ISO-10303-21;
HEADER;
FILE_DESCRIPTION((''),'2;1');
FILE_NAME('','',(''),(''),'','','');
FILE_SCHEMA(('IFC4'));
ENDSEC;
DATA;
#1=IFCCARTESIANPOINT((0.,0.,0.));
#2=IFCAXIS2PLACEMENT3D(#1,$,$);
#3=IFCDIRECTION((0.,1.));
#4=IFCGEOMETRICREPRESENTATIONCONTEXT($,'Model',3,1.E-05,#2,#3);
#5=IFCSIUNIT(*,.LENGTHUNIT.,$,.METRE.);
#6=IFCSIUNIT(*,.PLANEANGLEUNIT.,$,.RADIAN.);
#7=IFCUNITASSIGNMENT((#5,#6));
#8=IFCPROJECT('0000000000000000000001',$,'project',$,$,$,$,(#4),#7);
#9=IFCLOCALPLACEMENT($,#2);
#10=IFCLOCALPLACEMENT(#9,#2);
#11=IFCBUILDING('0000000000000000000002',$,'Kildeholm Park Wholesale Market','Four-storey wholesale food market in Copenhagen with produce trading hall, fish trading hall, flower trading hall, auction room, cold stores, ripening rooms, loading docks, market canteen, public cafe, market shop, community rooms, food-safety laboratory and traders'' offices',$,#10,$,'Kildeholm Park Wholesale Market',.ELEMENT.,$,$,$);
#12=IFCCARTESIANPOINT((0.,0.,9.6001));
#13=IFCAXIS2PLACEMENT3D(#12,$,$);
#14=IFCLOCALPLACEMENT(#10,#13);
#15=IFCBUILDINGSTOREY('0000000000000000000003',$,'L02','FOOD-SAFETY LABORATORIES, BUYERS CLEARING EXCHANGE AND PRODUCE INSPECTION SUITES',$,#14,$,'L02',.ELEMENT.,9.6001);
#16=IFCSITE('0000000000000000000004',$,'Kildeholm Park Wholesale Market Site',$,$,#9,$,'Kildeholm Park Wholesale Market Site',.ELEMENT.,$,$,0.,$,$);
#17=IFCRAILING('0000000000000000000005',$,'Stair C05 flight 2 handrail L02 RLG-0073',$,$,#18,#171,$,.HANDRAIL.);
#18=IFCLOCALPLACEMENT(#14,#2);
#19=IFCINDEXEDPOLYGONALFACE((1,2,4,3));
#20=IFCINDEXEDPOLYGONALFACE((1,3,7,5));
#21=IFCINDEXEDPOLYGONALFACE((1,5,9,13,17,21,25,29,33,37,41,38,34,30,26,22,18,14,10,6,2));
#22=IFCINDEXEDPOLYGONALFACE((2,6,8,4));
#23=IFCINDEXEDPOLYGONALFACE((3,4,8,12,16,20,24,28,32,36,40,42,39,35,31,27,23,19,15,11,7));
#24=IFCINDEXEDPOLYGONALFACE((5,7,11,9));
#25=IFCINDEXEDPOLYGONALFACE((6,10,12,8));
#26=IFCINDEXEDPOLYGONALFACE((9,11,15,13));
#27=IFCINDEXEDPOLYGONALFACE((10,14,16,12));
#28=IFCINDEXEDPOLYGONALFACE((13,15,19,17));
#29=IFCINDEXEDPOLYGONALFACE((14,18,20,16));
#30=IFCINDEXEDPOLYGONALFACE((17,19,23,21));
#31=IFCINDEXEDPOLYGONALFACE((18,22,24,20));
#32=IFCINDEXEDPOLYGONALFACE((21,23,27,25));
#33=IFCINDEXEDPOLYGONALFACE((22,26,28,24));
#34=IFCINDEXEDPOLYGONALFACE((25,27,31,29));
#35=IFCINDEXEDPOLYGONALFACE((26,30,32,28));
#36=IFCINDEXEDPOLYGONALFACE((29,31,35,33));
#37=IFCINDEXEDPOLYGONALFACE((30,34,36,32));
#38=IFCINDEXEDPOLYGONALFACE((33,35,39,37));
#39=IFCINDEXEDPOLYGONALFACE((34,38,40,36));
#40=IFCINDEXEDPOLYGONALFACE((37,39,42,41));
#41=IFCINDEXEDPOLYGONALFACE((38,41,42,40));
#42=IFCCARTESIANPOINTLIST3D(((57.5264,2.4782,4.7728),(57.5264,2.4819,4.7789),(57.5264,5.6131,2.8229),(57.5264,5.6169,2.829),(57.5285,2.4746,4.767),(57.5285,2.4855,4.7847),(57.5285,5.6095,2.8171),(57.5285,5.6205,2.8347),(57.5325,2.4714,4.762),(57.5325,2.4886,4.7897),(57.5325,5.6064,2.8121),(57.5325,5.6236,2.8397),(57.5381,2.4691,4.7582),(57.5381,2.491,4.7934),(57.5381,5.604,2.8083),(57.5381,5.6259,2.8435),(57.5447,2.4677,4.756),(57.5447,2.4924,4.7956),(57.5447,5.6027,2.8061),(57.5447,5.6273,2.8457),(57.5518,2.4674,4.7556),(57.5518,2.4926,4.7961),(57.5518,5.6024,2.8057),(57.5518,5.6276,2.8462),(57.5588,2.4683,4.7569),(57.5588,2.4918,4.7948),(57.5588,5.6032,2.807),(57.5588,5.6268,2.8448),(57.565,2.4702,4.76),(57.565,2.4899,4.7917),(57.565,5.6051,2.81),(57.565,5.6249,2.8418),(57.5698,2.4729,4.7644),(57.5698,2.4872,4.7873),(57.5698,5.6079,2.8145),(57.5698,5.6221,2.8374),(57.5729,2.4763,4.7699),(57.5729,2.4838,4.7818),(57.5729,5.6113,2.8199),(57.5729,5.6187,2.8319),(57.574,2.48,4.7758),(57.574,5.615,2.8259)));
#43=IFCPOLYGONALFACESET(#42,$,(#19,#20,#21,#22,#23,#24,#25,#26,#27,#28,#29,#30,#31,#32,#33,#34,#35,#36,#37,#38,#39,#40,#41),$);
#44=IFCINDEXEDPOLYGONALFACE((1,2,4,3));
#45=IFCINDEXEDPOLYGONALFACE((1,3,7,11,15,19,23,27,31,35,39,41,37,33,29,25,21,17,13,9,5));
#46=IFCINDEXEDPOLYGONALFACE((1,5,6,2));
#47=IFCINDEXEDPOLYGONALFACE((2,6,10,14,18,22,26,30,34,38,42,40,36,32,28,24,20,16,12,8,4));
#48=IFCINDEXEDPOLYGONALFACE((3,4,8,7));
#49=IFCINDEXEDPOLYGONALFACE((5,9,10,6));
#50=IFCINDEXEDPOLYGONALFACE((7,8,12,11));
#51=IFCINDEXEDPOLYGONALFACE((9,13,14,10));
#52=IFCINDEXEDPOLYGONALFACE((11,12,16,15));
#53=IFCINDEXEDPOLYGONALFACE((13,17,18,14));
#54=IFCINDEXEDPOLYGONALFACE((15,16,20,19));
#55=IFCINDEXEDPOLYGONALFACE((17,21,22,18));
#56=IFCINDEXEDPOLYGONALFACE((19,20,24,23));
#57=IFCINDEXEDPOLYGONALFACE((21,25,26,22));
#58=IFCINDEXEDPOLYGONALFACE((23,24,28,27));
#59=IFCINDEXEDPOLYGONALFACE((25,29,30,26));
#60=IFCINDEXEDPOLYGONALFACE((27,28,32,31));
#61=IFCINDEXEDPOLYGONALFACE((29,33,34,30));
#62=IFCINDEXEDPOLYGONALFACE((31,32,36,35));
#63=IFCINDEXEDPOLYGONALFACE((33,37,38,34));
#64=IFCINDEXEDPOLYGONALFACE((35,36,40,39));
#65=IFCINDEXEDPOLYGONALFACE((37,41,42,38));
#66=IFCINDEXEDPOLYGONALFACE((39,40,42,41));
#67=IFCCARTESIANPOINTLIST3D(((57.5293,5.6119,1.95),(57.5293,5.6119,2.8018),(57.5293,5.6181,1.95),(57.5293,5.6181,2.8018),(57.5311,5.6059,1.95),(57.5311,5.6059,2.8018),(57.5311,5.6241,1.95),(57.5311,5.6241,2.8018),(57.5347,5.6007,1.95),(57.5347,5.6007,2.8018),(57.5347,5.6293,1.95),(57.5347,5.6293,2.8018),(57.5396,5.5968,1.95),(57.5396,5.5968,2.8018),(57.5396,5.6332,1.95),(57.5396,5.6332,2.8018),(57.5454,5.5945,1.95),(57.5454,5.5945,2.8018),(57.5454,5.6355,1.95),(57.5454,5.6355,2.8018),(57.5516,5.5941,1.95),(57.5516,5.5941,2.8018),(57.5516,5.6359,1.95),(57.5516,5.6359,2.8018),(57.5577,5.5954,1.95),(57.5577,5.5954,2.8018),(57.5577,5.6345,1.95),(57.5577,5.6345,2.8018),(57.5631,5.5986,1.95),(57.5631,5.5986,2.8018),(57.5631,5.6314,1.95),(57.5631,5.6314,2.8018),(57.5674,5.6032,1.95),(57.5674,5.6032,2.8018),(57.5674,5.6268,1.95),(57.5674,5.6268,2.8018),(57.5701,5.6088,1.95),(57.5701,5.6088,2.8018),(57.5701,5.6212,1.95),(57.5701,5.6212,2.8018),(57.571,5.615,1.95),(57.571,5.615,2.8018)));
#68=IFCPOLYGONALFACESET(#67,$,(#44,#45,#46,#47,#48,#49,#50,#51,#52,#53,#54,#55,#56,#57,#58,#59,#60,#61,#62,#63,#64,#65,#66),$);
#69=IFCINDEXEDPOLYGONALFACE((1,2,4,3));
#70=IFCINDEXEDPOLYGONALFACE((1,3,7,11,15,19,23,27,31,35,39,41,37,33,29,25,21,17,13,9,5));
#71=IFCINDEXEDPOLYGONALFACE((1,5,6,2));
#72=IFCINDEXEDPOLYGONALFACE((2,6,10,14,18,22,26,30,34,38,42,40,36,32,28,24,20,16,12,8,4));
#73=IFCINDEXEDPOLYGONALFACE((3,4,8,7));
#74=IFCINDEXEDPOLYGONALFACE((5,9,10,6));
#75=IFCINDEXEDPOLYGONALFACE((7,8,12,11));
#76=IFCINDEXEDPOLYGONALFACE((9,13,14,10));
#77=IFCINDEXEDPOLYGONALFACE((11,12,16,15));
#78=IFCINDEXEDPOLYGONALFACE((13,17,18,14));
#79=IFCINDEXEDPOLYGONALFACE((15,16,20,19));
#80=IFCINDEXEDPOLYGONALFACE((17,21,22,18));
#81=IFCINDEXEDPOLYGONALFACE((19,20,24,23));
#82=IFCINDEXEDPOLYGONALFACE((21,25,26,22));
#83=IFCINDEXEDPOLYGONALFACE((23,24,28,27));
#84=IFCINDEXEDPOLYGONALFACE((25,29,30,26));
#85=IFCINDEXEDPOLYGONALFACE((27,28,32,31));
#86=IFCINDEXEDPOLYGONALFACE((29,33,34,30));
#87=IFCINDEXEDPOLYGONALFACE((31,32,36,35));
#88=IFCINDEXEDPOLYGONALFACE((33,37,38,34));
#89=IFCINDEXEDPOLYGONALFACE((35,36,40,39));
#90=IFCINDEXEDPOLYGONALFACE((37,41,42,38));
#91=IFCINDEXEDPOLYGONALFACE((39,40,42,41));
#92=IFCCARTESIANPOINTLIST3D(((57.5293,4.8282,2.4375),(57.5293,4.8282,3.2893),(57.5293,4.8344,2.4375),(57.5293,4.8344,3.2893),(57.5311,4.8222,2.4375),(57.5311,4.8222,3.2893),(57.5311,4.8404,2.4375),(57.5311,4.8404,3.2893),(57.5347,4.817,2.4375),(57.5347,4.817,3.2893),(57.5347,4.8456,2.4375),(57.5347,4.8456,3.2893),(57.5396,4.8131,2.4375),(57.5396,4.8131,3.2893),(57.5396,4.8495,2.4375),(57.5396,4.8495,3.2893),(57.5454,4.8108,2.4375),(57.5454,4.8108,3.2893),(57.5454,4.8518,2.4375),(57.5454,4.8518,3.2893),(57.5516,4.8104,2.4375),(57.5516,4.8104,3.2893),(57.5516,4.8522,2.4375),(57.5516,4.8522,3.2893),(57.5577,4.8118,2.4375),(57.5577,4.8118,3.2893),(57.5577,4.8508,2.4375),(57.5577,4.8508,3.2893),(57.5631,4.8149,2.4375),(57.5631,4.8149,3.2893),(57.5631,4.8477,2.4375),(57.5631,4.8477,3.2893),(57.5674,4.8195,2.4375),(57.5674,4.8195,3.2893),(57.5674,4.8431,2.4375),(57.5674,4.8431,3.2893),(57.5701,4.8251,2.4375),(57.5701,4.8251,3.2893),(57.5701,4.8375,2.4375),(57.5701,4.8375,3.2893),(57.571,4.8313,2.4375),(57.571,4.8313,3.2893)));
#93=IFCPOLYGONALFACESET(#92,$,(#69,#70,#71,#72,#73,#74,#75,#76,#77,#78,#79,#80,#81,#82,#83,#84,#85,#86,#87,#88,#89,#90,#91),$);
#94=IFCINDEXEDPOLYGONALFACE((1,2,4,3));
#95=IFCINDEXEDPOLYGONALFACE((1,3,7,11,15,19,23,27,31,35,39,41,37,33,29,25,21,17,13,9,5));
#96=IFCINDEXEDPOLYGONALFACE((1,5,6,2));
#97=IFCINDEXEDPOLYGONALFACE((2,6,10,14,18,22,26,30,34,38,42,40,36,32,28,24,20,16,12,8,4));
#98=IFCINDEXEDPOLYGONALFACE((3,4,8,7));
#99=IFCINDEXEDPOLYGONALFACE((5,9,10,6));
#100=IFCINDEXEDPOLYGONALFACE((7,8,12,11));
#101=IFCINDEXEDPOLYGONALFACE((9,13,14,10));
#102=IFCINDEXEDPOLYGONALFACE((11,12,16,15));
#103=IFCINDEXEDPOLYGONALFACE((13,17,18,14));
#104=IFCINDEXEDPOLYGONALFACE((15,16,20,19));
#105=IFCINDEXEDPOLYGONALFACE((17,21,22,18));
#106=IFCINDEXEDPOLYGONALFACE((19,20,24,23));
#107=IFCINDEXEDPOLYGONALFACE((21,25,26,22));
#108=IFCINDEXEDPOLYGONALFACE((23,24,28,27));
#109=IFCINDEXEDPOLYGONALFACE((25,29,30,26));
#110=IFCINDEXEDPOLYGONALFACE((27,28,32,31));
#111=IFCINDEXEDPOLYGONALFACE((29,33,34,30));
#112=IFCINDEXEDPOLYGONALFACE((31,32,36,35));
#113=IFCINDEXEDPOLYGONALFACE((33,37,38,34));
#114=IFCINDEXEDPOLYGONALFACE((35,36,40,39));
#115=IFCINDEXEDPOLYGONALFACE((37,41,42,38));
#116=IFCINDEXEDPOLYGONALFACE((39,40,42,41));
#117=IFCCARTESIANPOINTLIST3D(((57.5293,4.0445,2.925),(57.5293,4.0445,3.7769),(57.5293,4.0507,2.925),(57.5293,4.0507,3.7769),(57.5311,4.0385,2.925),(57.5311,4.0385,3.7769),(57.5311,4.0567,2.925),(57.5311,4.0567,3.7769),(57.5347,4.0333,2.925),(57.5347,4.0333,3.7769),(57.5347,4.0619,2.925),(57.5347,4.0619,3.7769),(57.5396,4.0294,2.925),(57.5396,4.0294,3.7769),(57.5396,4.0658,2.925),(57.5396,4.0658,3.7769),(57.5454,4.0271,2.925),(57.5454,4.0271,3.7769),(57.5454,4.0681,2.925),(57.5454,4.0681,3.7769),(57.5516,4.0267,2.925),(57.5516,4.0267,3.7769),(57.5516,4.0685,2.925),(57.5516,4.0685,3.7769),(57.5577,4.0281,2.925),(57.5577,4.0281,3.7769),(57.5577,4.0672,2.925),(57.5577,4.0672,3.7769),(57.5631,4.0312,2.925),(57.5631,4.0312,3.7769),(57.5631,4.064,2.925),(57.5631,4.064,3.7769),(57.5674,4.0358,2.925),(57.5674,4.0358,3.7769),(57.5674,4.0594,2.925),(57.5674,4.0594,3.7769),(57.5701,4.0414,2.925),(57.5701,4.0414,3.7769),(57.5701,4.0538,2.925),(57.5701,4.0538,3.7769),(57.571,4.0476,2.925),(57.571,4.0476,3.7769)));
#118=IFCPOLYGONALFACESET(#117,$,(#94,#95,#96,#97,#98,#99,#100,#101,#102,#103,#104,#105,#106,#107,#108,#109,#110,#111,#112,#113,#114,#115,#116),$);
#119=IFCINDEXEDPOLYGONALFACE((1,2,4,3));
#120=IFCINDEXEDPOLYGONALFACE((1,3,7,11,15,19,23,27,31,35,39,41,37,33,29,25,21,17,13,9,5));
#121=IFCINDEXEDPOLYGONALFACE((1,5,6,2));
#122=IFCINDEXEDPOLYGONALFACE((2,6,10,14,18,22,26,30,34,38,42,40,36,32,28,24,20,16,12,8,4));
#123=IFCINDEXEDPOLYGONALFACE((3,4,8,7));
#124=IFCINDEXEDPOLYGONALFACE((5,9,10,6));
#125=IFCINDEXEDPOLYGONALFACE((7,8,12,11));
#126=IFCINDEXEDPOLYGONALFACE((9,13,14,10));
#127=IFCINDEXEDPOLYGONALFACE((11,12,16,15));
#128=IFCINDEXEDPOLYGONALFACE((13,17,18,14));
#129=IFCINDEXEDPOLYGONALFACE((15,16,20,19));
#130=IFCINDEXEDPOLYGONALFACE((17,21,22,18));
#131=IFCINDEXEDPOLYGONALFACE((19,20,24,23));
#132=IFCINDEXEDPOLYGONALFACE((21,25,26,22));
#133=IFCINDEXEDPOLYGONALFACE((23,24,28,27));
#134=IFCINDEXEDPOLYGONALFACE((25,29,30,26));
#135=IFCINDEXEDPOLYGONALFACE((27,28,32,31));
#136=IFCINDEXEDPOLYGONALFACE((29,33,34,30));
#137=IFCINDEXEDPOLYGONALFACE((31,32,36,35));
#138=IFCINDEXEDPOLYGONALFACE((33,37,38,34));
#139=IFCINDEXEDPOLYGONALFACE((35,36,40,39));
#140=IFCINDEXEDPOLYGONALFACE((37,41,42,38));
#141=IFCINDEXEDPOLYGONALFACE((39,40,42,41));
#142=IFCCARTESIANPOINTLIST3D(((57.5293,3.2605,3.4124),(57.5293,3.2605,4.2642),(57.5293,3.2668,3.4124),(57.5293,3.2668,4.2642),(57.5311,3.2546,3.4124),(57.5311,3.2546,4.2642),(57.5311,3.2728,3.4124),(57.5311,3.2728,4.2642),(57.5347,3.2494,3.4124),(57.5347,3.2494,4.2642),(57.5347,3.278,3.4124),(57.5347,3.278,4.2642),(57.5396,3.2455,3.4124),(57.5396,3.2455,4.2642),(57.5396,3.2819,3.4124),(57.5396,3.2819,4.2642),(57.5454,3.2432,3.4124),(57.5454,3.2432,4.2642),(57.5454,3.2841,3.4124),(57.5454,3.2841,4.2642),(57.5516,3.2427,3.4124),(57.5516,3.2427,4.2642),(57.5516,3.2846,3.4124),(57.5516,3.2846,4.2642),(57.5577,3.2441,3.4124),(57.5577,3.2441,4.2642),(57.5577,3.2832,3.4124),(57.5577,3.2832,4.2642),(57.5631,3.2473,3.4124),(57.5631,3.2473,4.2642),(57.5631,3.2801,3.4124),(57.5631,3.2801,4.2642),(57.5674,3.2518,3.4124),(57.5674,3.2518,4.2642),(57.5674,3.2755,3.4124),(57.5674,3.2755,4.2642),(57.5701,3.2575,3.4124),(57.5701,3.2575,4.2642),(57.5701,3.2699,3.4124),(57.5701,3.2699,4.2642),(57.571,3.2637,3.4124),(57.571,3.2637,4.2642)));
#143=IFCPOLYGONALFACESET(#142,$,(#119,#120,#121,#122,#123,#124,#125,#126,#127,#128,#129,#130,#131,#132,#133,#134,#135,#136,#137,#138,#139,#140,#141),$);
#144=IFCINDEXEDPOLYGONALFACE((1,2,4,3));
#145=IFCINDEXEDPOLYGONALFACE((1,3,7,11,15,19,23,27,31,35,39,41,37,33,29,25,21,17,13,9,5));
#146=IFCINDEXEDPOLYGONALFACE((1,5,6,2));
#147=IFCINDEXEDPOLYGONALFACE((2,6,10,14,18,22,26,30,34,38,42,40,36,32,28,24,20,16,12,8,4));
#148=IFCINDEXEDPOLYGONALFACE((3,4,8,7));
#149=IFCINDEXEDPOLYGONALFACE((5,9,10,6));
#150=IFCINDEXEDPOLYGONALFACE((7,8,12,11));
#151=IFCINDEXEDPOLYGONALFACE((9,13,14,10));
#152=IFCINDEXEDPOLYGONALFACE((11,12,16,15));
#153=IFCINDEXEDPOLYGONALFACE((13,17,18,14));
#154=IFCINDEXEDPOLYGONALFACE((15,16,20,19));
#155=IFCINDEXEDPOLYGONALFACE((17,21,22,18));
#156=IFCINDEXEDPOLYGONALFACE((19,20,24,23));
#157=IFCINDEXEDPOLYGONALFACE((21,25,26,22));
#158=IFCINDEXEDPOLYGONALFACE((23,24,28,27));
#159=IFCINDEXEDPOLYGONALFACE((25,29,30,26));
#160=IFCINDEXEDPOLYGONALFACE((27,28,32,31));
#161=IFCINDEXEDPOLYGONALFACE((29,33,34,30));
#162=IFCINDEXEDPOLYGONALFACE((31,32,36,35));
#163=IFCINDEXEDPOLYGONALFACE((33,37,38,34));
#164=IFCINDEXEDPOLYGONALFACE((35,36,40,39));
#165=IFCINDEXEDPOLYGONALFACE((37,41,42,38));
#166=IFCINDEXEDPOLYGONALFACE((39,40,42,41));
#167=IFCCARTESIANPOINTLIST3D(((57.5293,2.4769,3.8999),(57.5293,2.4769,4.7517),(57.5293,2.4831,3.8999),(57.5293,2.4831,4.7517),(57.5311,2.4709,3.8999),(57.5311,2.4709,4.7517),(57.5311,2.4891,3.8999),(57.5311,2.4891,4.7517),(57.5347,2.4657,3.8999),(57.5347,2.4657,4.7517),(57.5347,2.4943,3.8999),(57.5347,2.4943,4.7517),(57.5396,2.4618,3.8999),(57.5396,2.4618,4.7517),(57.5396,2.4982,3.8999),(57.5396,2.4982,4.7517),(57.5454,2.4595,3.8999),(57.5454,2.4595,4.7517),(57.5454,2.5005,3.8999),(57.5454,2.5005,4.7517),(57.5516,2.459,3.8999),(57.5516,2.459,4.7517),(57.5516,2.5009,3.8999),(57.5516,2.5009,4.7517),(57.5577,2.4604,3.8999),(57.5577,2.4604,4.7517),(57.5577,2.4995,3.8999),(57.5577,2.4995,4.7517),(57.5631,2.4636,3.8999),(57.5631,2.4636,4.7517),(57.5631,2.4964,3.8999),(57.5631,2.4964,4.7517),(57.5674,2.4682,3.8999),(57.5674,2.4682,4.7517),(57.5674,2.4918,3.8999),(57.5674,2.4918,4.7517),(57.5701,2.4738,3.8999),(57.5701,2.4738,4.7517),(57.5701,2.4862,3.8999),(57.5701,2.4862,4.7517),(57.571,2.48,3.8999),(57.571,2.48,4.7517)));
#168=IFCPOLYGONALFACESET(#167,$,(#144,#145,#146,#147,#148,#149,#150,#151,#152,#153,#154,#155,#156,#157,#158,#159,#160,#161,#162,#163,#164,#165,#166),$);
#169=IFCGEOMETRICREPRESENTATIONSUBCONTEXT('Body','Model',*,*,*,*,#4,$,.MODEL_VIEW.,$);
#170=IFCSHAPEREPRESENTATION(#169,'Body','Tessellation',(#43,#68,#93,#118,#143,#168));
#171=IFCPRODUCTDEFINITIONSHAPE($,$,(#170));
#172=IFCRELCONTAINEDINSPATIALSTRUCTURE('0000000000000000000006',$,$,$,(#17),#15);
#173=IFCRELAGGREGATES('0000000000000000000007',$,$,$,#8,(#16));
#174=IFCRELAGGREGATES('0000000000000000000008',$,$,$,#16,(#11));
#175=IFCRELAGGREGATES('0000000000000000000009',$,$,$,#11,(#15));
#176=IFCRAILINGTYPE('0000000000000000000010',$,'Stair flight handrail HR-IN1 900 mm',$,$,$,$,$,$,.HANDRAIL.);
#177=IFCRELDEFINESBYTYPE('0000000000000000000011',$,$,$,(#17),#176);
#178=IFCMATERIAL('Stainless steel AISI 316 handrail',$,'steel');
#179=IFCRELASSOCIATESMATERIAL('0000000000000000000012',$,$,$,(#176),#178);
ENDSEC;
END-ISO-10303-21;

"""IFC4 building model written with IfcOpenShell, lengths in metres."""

from ifc_helpers import new_model, si_unit, direction, frame, origin, origin_2d, place, context, subcontext, project, spatial, circle, extrude, material, type_object, element, save


model = new_model("IFC4")

# Units and contexts
model_context = context("Model", 3, precision=1e-05, world=origin(), true_north=direction((0.0, 1.0)))
body_context = subcontext(model_context, "Body", "Model", "MODEL_VIEW")
ifc_project = project(units=[si_unit("LENGTHUNIT", "METRE"), si_unit("PLANEANGLEUNIT", "RADIAN")], contexts=[model_context])

# Site, building, storey
site_placement = place(None, origin())
site = spatial("IfcSite", under=ifc_project, at=site_placement, Name="Kildeholm Park Wholesale Market Site", LongName="Kildeholm Park Wholesale Market Site", CompositionType="ELEMENT", RefElevation=0.0)
building_placement = place(site_placement, origin())
building = spatial("IfcBuilding", under=site, at=building_placement, Name="Kildeholm Park Wholesale Market", Description="Four-storey wholesale food market in Copenhagen with produce trading hall, fish trading hall, flower trading hall, auction room, cold stores, ripening rooms, loading docks, market canteen, public cafe, market shop, community rooms, food-safety laboratory and traders' offices", LongName="Kildeholm Park Wholesale Market", CompositionType="ELEMENT")
storey_placement = place(building_placement, frame((0.0, 0.0, 9.6001)))
storey = spatial("IfcBuildingStorey", under=building, at=storey_placement, Name="L02", Description="FOOD-SAFETY LABORATORIES, BUYERS CLEARING EXCHANGE AND PRODUCE INSPECTION SUITES", LongName="L02", CompositionType="ELEMENT", Elevation=9.6001)

# Railing
ifc_material_1 = material(Name="Stainless steel AISI 316 handrail", Category="steel")
railing_type = type_object("IfcRailingType", Name="Stair flight handrail HR-IN1 900 mm", PredefinedType="HANDRAIL", material=ifc_material_1)
railing_placement = place(storey_placement, frame((57.55, 5.615, 1.95)))
element("IfcRailing", 1, at=railing_placement, inside=storey, type_object=railing_type, Name="Stair C05 flight 2 handrail L02 RLG-0073", PredefinedType="HANDRAIL", context=body_context, shape_type="SweptSolid", body=[
    extrude(circle(Radius=0.0239, at=origin_2d()), frame((0.0, 0.0, 0.876), z_axis=(0.0, -0.849144, 0.528161), x_axis=(1.0, 0.0, 0.0)), (0.0, 0.0, 1.0), 3.6919),
    extrude(circle(Radius=0.021, at=origin_2d()), origin(), (0.0, 0.0, 1.0), 0.8518),
    extrude(circle(Radius=0.021, at=origin_2d()), frame((0.0, -0.7837, 0.4875)), (0.0, 0.0, 1.0), 0.8518),
    extrude(circle(Radius=0.021, at=origin_2d()), frame((0.0, -1.5674, 0.9751)), (0.0, 0.0, 1.0), 0.8518),
    extrude(circle(Radius=0.021, at=origin_2d()), frame((0.0, -2.3513, 1.4624)), (0.0, 0.0, 1.0), 0.8518),
    extrude(circle(Radius=0.021, at=origin_2d()), frame((0.0, -3.135, 1.95)), (0.0, 0.0, 1.0), 0.8518),
])

save(model, "model.ifc")
